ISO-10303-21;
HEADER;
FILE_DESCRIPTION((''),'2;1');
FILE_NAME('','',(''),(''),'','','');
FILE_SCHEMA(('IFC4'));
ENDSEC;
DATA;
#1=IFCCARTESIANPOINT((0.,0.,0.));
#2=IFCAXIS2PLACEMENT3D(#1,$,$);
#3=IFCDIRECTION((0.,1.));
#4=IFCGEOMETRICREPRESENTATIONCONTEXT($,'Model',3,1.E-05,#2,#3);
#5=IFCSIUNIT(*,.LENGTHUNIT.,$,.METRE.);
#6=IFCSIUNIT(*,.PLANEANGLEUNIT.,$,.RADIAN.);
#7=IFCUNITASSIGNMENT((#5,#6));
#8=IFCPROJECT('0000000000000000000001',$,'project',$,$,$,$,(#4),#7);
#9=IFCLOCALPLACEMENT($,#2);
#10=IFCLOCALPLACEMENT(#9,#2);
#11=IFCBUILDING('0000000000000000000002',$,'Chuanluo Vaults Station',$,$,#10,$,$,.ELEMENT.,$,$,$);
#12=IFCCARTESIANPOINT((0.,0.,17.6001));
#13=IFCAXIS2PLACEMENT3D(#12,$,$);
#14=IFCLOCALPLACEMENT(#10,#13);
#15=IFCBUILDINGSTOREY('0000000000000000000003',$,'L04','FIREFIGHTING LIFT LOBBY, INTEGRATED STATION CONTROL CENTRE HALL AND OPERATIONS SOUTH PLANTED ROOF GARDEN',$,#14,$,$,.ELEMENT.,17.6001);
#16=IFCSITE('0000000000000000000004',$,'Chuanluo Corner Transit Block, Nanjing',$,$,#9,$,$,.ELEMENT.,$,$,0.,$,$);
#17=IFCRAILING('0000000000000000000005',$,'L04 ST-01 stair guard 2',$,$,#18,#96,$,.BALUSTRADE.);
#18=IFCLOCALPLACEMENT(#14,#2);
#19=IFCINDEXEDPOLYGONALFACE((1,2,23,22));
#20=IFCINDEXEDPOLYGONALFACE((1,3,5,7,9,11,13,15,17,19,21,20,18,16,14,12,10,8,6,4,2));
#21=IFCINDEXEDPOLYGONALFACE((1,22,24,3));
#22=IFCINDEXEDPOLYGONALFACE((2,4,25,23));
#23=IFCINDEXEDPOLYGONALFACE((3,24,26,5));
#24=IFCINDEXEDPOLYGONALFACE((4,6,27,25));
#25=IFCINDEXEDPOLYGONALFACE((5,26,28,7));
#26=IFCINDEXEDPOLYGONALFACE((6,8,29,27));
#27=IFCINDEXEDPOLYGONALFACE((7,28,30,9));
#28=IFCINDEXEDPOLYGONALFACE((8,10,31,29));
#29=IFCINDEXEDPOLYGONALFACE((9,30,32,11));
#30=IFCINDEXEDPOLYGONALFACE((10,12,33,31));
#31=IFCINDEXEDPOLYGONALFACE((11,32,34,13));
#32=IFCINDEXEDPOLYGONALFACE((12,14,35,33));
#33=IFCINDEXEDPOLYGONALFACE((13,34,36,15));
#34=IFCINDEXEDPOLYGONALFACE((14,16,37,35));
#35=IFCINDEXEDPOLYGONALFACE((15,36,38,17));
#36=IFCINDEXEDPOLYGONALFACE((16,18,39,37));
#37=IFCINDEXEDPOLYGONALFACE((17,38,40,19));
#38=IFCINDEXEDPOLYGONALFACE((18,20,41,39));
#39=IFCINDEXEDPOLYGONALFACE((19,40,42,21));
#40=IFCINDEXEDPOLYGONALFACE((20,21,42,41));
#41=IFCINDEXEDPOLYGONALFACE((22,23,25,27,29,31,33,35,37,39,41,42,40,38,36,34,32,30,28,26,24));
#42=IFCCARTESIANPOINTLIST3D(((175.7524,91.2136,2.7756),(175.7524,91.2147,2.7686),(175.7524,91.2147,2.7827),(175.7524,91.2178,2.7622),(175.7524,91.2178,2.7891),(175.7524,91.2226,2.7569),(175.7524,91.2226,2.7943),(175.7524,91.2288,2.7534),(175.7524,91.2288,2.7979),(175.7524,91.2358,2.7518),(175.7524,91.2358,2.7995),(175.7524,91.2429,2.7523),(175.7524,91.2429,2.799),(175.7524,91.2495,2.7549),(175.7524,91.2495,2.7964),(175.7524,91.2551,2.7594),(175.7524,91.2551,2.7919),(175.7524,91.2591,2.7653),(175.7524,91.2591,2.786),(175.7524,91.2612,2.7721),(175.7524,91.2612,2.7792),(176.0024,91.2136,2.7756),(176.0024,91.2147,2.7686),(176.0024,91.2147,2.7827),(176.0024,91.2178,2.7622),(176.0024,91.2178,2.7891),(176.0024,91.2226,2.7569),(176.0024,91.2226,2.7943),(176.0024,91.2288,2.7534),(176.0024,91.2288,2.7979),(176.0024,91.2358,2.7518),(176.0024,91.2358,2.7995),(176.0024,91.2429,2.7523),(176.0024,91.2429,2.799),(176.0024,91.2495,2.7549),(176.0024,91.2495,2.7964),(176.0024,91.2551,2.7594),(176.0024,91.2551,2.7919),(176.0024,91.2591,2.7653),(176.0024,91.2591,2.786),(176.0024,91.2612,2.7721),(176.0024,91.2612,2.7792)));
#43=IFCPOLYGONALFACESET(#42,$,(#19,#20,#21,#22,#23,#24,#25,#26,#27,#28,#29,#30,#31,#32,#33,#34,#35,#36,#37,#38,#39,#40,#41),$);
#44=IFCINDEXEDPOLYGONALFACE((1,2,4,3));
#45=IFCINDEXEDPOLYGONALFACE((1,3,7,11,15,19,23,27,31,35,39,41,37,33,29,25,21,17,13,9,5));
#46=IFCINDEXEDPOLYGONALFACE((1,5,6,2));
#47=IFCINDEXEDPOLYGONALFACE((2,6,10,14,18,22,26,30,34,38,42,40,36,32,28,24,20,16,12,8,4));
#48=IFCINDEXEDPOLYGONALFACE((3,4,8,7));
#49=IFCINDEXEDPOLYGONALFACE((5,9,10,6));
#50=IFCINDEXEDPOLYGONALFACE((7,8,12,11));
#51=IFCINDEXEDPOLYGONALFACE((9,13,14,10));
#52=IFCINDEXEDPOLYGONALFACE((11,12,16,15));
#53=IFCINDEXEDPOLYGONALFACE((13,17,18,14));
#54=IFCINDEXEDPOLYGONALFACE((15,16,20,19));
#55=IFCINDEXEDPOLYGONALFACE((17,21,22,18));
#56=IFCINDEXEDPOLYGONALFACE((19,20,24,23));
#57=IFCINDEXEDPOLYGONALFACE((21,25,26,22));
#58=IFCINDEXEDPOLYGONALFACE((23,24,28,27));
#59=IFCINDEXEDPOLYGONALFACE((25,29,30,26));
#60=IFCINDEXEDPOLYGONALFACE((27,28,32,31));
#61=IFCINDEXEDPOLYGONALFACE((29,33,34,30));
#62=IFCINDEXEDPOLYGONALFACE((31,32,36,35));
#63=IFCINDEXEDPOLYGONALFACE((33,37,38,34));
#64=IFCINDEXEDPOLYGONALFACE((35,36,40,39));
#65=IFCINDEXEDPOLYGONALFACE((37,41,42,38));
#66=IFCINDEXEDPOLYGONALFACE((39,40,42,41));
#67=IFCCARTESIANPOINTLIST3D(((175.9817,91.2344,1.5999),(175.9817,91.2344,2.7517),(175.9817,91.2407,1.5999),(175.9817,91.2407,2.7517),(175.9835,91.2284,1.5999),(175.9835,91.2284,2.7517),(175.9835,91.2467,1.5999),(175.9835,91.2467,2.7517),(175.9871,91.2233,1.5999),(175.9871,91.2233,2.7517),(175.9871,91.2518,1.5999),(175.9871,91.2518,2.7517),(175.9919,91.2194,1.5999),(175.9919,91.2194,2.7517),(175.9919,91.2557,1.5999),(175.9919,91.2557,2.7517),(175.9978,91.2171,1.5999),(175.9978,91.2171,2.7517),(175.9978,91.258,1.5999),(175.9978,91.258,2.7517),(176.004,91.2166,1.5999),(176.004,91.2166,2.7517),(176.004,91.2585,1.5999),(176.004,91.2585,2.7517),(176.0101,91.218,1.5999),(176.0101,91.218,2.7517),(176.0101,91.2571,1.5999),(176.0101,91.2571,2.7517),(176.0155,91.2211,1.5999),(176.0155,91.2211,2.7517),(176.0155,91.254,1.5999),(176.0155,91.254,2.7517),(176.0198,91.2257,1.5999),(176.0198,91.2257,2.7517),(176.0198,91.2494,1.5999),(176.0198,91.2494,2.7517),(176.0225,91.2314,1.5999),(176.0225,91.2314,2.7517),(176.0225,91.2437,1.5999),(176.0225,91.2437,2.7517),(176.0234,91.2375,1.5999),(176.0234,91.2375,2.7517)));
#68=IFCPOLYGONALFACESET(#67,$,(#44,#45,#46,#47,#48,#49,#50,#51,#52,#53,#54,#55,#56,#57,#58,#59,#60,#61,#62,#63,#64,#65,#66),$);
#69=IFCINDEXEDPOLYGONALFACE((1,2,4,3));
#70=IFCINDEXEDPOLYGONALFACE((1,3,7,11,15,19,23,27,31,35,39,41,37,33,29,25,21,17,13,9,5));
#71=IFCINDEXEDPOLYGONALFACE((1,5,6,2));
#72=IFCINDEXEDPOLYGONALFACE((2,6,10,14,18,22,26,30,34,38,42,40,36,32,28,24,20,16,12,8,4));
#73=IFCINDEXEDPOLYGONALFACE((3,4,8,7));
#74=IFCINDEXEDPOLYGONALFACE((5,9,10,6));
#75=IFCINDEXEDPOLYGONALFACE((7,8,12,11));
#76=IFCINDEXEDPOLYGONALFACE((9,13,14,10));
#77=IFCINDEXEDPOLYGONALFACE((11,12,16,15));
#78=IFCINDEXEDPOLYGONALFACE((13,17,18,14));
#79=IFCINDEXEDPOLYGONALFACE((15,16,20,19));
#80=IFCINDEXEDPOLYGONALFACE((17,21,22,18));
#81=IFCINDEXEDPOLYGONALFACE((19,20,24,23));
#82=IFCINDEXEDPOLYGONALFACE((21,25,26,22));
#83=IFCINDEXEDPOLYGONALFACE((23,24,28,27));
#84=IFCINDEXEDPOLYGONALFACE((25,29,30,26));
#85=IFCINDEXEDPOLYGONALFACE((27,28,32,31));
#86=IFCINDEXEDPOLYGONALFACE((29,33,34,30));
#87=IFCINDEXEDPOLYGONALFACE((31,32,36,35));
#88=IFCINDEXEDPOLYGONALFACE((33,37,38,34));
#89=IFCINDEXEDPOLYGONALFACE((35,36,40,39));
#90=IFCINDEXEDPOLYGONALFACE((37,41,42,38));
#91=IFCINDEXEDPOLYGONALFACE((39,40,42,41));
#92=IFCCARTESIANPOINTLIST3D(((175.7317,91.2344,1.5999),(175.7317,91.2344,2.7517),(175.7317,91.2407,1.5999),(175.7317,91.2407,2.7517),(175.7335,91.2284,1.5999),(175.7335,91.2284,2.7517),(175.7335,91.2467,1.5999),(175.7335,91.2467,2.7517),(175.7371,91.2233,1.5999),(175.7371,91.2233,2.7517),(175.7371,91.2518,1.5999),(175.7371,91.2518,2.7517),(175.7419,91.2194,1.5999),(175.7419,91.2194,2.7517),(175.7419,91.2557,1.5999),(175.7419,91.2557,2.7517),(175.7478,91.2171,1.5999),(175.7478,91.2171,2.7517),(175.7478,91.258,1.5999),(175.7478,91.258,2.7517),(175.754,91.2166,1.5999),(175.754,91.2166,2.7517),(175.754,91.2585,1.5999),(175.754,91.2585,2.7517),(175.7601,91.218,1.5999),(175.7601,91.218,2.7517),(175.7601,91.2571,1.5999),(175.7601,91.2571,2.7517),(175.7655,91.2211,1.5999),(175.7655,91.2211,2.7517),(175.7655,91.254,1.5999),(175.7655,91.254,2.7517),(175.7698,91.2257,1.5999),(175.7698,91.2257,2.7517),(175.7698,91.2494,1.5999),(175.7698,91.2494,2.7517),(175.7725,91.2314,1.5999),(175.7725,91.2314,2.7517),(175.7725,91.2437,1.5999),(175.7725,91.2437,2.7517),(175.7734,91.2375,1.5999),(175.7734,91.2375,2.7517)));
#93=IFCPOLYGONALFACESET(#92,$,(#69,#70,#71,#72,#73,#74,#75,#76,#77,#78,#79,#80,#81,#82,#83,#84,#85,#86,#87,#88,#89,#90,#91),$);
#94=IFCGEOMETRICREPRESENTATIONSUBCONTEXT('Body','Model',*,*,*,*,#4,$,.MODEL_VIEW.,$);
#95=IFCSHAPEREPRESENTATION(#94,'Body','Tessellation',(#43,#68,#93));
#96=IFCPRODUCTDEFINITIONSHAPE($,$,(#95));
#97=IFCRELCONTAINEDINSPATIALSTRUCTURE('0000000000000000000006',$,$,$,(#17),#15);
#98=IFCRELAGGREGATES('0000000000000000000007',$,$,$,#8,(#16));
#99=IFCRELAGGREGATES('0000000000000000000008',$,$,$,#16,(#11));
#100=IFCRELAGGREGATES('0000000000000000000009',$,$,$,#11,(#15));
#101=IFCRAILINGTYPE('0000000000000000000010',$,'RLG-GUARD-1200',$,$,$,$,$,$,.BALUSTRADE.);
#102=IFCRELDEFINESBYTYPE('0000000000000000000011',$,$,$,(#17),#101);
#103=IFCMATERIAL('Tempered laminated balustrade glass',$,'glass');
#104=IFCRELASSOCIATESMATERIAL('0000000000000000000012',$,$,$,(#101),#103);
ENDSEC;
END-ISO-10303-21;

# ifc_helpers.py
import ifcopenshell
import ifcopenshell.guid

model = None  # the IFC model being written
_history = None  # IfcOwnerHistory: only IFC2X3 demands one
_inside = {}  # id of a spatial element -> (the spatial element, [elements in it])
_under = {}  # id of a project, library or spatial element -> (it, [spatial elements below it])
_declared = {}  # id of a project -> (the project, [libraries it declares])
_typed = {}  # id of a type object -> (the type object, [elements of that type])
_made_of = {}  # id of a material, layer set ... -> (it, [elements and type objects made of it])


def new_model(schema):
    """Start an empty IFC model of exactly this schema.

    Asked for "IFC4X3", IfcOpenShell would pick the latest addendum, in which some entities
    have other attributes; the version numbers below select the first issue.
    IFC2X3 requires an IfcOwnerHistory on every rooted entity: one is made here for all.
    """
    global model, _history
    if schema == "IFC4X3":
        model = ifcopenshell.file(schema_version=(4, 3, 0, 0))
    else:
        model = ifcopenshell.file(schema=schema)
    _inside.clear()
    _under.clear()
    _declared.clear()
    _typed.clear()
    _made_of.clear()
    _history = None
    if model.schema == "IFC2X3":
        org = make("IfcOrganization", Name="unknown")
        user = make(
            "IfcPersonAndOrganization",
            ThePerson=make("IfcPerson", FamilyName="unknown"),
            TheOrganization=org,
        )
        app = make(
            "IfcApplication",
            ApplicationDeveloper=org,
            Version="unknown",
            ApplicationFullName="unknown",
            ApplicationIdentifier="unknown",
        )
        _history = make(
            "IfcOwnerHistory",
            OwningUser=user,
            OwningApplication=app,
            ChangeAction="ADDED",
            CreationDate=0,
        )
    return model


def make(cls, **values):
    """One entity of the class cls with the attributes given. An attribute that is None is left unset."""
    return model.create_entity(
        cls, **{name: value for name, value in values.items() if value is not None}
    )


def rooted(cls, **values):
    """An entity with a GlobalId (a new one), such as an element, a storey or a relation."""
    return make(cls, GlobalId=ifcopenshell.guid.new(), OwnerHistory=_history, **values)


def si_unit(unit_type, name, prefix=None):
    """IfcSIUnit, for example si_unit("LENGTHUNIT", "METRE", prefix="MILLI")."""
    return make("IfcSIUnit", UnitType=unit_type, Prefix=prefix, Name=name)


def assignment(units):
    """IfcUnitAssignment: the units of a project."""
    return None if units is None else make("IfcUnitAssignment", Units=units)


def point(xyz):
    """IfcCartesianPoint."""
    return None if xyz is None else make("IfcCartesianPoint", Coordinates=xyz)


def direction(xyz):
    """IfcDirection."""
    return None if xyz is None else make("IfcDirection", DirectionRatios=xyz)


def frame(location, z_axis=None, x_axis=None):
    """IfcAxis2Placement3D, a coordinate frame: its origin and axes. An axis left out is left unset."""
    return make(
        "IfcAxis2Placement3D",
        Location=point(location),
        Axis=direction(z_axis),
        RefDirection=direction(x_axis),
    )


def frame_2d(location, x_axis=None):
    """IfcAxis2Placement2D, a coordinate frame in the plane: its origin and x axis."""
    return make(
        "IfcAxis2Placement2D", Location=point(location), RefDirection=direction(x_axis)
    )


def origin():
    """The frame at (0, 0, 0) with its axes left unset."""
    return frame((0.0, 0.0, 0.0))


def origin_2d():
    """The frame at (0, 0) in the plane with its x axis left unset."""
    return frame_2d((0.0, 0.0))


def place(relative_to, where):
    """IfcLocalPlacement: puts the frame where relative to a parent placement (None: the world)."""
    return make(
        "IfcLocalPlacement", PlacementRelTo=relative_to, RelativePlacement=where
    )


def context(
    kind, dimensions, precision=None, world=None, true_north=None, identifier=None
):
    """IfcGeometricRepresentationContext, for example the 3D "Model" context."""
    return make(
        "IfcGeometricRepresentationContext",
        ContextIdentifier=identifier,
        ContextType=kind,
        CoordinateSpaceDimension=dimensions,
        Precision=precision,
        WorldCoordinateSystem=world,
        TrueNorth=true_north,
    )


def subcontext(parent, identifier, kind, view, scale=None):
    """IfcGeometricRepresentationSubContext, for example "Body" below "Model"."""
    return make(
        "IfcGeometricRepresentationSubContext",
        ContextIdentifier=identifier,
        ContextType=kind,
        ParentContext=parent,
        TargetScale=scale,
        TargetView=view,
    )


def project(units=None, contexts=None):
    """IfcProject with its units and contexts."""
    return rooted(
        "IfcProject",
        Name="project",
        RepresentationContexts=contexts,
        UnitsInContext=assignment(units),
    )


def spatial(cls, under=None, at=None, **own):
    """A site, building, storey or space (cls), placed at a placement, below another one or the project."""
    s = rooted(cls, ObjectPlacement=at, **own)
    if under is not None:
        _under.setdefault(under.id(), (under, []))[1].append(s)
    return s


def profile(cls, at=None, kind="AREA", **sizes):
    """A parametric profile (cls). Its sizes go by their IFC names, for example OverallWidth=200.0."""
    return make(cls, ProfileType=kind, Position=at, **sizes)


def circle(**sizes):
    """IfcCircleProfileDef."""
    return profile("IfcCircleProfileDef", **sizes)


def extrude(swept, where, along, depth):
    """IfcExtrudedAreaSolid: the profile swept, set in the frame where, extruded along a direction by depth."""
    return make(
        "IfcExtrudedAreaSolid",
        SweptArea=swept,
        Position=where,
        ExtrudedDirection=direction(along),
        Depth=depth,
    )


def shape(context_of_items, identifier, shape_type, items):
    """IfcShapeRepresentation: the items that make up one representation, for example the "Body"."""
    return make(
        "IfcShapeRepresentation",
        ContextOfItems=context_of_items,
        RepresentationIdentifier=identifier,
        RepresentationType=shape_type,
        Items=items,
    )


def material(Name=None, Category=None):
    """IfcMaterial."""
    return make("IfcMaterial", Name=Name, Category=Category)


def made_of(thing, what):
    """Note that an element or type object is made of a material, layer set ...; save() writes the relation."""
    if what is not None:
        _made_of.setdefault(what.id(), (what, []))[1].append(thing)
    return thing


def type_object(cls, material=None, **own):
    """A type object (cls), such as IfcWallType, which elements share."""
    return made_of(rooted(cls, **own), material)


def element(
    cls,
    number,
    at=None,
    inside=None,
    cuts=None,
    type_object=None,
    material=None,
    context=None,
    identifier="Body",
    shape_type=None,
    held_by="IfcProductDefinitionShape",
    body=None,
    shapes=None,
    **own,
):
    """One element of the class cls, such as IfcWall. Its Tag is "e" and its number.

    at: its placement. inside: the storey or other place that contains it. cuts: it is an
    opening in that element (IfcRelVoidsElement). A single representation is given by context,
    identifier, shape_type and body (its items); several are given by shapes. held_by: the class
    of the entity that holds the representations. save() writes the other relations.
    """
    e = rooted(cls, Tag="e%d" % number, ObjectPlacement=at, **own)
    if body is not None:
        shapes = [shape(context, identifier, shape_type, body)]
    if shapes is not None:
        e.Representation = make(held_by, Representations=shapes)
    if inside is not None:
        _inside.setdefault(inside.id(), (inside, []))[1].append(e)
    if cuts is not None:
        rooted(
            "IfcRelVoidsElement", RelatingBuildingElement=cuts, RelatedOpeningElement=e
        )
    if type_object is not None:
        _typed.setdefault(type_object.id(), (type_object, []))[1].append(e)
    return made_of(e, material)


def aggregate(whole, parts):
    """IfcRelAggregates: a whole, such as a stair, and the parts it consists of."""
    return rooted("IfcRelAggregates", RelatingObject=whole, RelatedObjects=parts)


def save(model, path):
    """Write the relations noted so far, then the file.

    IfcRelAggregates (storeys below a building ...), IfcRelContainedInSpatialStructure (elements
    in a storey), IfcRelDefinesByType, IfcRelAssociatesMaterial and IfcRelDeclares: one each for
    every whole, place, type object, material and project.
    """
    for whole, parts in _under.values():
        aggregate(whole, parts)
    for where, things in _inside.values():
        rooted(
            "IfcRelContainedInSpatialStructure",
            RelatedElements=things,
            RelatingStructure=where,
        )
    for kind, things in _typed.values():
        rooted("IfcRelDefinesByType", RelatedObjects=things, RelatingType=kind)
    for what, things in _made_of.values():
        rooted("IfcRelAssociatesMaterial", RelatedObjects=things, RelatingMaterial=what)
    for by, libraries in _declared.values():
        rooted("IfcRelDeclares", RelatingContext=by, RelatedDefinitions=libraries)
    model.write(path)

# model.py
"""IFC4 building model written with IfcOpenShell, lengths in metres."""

from ifc_helpers import new_model, si_unit, direction, frame, origin, origin_2d, place, context, subcontext, project, spatial, circle, extrude, material, type_object, element, save


model = new_model("IFC4")

# Units and contexts
model_context = context("Model", 3, precision=1e-05, world=origin(), true_north=direction((0.0, 1.0)))
body_context = subcontext(model_context, "Body", "Model", "MODEL_VIEW")
ifc_project = project(units=[si_unit("LENGTHUNIT", "METRE"), si_unit("PLANEANGLEUNIT", "RADIAN")], contexts=[model_context])

# Site, building, storey
site_placement = place(None, origin())
site = spatial("IfcSite", under=ifc_project, at=site_placement, Name="Chuanluo Corner Transit Block, Nanjing", CompositionType="ELEMENT", RefElevation=0.0)
building_placement = place(site_placement, origin())
building = spatial("IfcBuilding", under=site, at=building_placement, Name="Chuanluo Vaults Station", CompositionType="ELEMENT")
storey_placement = place(building_placement, frame((0.0, 0.0, 17.6001)))
storey = spatial("IfcBuildingStorey", under=building, at=storey_placement, Name="L04", Description="FIREFIGHTING LIFT LOBBY, INTEGRATED STATION CONTROL CENTRE HALL AND OPERATIONS SOUTH PLANTED ROOF GARDEN", CompositionType="ELEMENT", Elevation=17.6001)

# Railing
ifc_material_1 = material(Name="Tempered laminated balustrade glass", Category="glass")
railing_type_1 = type_object("IfcRailingType", Name="RLG-GUARD-1200", PredefinedType="BALUSTRADE", material=ifc_material_1)
railing_1_placement = place(storey_placement, frame((176.0024, 91.2375, 1.5999)))
element("IfcRailing", 1, at=railing_1_placement, inside=storey, type_object=railing_type_1, Name="L04 ST-01 stair guard 2", PredefinedType="BALUSTRADE", context=body_context, shape_type="SweptSolid", body=[
    extrude(circle(Radius=0.0239, at=origin_2d()), frame((0.0, 0.0, 1.1758), z_axis=(-1.0, 0.0, 0.0), x_axis=(0.0, -1.0, 0.0)), (0.0, 0.0, 1.0), 0.25),
    extrude(circle(Radius=0.021, at=origin_2d()), origin(), (0.0, 0.0, 1.0), 1.1519),
    extrude(circle(Radius=0.021, at=origin_2d()), frame((-0.25, 0.0, 0.0)), (0.0, 0.0, 1.0), 1.1519),
])

save(model, "model.ifc")
